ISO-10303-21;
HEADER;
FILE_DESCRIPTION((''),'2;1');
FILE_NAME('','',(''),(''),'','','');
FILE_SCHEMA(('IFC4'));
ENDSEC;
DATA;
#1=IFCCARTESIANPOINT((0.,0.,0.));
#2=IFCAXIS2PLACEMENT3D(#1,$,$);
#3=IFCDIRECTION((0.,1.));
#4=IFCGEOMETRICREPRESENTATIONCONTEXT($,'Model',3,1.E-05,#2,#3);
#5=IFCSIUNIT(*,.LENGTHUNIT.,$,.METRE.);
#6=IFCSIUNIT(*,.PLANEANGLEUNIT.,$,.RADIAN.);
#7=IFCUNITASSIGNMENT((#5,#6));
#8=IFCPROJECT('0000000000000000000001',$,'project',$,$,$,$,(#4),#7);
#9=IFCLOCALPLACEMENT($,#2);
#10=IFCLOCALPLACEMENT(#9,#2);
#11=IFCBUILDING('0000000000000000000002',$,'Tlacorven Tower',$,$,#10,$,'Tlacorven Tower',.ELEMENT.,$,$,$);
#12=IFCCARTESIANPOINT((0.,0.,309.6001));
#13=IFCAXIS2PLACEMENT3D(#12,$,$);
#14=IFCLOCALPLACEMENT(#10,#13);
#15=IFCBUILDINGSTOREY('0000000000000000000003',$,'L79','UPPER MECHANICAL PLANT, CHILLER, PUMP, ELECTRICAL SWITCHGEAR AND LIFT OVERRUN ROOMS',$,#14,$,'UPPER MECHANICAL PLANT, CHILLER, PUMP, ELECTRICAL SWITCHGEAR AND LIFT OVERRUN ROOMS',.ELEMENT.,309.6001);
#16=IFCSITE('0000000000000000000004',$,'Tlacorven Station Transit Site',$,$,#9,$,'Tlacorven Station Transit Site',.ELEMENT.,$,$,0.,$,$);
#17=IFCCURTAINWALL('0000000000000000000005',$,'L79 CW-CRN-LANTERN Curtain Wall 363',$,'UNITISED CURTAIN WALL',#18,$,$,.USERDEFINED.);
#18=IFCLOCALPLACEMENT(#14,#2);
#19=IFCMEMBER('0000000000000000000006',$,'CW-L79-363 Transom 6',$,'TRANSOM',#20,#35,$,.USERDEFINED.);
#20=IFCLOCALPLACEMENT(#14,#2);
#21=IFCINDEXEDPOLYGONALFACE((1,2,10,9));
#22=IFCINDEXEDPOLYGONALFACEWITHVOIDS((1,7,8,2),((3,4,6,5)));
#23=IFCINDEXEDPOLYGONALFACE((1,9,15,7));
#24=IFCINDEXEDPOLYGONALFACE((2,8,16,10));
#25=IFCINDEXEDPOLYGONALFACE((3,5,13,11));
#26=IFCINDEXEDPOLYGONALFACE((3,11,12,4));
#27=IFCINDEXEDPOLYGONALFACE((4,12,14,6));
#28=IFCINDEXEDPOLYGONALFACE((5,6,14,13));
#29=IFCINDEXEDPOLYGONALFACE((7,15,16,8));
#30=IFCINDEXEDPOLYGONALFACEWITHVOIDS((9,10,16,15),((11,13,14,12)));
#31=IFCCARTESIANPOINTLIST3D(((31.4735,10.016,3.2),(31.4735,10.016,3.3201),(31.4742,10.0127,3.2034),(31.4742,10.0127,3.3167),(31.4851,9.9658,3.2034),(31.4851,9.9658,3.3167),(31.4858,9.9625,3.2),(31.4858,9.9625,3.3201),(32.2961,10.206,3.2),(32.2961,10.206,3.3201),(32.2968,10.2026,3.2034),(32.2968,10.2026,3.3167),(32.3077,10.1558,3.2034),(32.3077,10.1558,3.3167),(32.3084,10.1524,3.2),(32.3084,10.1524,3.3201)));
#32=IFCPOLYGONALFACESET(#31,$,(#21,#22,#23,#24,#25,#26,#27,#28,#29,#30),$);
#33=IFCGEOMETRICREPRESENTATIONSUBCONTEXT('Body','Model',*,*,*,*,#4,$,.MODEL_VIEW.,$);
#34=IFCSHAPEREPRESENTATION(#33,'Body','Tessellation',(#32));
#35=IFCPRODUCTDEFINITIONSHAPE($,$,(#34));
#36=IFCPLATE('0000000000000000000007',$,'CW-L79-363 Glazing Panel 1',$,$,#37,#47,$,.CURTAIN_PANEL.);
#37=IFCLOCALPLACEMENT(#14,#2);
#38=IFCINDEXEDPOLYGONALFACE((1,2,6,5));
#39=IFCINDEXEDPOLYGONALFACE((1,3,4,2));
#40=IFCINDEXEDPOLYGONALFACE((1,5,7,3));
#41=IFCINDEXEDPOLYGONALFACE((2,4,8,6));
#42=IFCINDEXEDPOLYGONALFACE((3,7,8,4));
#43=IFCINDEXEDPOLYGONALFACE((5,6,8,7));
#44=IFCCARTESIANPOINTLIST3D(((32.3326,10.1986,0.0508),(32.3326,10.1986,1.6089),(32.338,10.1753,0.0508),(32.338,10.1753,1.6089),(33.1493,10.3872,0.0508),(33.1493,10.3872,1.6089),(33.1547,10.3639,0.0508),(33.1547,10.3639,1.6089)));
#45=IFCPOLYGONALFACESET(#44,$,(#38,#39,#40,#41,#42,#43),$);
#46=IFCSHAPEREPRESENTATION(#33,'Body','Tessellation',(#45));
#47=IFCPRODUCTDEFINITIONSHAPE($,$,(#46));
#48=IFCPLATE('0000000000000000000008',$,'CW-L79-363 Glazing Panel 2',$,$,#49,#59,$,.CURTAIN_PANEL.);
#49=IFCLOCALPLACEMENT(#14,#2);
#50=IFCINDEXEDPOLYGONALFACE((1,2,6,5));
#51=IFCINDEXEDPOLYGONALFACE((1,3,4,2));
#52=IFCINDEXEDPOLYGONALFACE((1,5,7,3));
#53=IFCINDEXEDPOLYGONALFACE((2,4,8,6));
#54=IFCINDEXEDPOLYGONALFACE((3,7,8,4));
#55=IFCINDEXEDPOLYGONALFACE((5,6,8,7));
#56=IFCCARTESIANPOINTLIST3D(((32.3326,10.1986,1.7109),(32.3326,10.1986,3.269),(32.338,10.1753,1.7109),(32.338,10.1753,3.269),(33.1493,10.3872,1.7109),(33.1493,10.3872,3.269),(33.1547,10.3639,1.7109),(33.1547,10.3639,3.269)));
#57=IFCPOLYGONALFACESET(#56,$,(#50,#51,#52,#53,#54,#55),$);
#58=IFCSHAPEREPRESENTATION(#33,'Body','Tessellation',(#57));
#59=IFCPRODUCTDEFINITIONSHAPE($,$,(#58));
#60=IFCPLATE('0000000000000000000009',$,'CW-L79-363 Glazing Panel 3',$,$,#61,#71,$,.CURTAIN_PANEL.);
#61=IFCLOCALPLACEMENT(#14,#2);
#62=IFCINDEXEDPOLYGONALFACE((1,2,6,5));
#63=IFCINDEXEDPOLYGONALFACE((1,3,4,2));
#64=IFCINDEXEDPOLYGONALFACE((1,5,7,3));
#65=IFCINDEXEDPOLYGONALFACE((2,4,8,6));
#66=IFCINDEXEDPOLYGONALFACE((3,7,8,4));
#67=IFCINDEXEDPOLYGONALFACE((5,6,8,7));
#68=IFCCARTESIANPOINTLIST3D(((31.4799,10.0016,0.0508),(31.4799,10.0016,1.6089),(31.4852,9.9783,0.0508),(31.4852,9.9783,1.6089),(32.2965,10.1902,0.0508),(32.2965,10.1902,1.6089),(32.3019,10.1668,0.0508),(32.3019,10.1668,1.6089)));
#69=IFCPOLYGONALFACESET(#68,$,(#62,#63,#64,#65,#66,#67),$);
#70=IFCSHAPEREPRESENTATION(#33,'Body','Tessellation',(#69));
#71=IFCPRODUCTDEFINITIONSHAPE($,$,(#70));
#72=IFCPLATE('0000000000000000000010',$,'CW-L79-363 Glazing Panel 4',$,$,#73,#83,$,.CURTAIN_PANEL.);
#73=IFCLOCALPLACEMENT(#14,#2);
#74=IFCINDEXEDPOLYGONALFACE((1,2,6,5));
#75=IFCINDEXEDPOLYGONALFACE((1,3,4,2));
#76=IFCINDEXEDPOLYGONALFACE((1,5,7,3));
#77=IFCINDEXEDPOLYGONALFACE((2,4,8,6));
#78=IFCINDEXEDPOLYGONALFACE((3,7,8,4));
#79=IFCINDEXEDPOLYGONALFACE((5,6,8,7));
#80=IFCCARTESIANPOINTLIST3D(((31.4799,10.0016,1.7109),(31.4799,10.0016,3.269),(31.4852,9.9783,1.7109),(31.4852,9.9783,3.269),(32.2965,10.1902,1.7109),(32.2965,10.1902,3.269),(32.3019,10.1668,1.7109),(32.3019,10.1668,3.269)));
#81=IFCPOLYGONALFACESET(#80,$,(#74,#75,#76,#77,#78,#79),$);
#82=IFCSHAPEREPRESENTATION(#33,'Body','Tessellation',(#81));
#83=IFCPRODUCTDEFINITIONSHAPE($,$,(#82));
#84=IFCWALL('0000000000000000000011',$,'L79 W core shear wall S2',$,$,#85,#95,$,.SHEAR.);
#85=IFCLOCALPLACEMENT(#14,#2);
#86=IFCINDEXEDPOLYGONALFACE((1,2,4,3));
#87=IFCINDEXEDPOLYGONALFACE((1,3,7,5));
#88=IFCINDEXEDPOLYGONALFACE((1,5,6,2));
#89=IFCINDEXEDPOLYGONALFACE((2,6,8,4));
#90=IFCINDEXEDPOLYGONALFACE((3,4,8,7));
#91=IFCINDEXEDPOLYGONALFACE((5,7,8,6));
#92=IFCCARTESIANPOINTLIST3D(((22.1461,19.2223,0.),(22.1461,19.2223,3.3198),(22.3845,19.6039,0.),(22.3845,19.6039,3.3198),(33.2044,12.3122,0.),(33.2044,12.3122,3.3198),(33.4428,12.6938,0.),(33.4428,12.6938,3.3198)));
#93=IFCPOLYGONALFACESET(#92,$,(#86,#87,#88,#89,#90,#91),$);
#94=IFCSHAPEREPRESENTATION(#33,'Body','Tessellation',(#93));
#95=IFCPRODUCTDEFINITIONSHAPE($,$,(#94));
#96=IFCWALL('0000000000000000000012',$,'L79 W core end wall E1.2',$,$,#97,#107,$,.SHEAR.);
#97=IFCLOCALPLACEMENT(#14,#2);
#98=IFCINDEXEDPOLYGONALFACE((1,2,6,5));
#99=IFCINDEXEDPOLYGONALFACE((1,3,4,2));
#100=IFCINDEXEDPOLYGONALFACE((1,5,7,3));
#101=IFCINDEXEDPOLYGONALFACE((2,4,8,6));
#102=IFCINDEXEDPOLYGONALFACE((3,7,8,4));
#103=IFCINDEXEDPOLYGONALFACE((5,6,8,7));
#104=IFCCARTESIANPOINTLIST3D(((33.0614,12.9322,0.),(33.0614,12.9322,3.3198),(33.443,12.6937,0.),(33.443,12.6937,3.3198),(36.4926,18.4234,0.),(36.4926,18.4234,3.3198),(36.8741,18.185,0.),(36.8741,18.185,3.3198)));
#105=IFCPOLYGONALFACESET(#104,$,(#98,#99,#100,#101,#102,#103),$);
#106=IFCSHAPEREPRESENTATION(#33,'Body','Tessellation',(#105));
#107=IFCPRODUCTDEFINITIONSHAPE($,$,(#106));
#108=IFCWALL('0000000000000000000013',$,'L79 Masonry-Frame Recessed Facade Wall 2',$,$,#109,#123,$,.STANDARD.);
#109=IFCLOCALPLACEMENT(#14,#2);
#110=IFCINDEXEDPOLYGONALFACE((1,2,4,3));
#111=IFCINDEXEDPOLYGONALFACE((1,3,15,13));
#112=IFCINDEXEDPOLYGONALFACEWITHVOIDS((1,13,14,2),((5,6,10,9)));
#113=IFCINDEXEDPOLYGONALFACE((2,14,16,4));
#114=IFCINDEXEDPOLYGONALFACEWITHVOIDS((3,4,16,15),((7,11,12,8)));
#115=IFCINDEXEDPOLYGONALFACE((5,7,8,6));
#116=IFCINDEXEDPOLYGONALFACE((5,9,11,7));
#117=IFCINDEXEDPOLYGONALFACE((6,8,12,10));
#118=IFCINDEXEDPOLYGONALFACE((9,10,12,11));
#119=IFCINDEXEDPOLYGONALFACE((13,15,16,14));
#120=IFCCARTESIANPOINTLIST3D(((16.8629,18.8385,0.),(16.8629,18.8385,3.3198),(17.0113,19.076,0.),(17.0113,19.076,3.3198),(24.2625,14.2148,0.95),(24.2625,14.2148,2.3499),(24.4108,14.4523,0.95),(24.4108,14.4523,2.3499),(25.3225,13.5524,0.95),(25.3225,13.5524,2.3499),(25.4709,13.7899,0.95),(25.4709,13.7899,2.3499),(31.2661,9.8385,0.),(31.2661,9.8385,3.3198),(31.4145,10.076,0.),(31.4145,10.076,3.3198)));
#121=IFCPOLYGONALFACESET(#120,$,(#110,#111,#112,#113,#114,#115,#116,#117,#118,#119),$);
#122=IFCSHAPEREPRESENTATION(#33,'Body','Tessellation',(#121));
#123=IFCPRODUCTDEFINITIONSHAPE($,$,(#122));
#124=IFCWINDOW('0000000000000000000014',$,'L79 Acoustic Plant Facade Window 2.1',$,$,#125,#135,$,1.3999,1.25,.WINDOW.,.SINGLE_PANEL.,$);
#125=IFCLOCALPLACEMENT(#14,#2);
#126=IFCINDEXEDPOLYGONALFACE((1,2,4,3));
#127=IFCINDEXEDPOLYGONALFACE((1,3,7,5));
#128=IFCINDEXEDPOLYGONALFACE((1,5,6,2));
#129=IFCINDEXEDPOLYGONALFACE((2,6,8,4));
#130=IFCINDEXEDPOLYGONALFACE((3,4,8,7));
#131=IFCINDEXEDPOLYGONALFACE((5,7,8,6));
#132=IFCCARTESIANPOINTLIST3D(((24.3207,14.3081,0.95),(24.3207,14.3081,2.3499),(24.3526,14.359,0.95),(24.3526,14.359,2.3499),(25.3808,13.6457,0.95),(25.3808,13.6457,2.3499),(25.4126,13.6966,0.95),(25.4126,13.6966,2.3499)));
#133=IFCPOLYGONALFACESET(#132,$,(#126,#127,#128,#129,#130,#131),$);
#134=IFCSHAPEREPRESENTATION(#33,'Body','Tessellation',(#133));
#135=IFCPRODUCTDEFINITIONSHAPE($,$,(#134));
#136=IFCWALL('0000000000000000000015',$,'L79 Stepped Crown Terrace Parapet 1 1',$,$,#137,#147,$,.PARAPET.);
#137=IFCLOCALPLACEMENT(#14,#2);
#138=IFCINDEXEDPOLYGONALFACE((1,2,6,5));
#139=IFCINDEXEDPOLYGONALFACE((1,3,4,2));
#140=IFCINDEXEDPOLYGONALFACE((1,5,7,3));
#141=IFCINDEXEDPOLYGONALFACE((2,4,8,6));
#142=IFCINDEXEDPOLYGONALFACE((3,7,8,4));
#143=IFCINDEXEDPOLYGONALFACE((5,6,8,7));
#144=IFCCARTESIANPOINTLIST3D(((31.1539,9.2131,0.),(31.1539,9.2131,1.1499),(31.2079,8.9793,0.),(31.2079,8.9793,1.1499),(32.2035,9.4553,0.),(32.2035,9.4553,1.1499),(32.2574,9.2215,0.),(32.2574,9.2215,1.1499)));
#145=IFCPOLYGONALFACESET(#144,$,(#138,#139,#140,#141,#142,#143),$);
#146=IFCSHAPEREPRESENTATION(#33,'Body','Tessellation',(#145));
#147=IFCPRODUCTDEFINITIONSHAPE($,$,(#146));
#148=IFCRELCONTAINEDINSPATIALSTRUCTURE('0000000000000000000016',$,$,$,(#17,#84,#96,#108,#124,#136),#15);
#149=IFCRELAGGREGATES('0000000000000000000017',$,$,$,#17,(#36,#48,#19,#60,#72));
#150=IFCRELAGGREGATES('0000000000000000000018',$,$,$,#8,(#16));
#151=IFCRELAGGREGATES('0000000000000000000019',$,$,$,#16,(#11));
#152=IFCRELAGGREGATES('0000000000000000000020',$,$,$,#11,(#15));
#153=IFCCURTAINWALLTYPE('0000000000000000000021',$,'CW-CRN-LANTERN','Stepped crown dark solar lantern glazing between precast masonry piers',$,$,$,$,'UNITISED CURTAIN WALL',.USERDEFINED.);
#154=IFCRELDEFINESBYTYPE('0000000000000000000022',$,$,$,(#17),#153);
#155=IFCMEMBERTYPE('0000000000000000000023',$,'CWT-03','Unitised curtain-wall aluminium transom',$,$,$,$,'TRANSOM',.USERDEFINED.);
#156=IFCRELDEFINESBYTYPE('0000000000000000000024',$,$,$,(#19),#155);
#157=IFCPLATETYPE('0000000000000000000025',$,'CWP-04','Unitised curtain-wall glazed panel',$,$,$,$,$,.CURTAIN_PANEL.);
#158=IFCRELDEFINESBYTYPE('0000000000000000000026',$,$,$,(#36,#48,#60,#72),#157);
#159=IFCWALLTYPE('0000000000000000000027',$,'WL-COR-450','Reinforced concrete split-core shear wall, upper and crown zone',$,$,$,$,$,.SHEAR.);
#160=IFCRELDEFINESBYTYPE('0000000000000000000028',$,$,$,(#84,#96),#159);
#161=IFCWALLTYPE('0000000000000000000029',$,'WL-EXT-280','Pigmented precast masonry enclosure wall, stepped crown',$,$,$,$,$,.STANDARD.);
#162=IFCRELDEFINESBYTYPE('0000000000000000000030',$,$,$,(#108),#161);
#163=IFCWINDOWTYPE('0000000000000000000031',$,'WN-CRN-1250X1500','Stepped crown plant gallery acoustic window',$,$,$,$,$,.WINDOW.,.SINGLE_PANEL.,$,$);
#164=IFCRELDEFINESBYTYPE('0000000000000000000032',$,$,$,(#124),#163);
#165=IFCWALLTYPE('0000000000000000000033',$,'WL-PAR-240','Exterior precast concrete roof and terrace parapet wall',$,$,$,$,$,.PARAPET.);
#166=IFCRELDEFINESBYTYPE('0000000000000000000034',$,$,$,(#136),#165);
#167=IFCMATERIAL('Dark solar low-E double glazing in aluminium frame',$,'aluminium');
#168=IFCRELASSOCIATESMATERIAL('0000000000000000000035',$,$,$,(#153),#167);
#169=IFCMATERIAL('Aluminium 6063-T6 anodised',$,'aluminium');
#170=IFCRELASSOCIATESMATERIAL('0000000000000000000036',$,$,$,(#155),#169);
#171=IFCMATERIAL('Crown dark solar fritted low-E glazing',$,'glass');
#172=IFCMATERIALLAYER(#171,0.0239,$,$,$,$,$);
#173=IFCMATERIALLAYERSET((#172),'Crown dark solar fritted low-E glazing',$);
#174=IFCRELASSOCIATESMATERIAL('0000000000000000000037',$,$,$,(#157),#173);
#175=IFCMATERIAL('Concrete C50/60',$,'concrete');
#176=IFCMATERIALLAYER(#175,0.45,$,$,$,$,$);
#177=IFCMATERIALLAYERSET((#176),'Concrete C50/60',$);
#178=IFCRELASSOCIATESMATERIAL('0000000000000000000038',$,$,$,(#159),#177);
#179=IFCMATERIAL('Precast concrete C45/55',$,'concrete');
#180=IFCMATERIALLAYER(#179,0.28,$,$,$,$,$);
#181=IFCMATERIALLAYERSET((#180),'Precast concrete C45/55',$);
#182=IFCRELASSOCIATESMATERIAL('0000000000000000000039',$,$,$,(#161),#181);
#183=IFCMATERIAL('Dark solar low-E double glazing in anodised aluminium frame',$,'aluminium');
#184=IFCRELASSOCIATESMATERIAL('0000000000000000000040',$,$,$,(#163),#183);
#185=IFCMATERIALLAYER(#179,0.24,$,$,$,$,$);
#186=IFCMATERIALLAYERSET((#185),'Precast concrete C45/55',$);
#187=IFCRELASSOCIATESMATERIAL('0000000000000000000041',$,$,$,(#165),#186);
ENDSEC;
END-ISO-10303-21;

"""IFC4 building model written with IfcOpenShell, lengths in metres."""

from ifc_helpers import new_model, si_unit, direction, frame, frame_2d, origin, origin_2d, place, context, subcontext, project, spatial, rectangle, hollow_rectangle, extrude, source, transform, mapped, material, layer, layer_set, material_profile, profile_set, type_object, element, fill, aggregate, save


model = new_model("IFC4")

# Units and contexts
model_context = context("Model", 3, precision=1e-05, world=origin(), true_north=direction((0.0, 1.0)))
body_context = subcontext(model_context, "Body", "Model", "MODEL_VIEW")
ifc_project = project(units=[si_unit("LENGTHUNIT", "METRE"), si_unit("PLANEANGLEUNIT", "RADIAN")], contexts=[model_context])

# Site, building, storey
site_placement = place(None, origin())
site = spatial("IfcSite", under=ifc_project, at=site_placement, Name="Tlacorven Station Transit Site", LongName="Tlacorven Station Transit Site", CompositionType="ELEMENT", RefElevation=0.0)
building_placement = place(site_placement, origin())
building = spatial("IfcBuilding", under=site, at=building_placement, Name="Tlacorven Tower", LongName="Tlacorven Tower", CompositionType="ELEMENT")
storey_placement = place(building_placement, frame((0.0, 0.0, 309.6001)))
storey = spatial("IfcBuildingStorey", under=building, at=storey_placement, Name="L79", Description="UPPER MECHANICAL PLANT, CHILLER, PUMP, ELECTRICAL SWITCHGEAR AND LIFT OVERRUN ROOMS", LongName="UPPER MECHANICAL PLANT, CHILLER, PUMP, ELECTRICAL SWITCHGEAR AND LIFT OVERRUN ROOMS", CompositionType="ELEMENT", Elevation=309.6001)

# Curtain wall, member, plates
ifc_material_1 = material(Name="Dark solar low-E double glazing in aluminium frame", Category="aluminium")
curtain_wall_type = type_object("IfcCurtainWallType", Name="CW-CRN-LANTERN", Description="Stepped crown dark solar lantern glazing between precast masonry piers", ElementType="UNITISED CURTAIN WALL", PredefinedType="USERDEFINED", material=ifc_material_1)
curtain_wall_placement = place(storey_placement, origin())
curtain_wall = element("IfcCurtainWall", 1, at=curtain_wall_placement, inside=storey, type_object=curtain_wall_type, Name="L79 CW-CRN-LANTERN Curtain Wall 363", ObjectType="UNITISED CURTAIN WALL", PredefinedType="USERDEFINED")
ifc_material_2 = material(Name="Aluminium 6063-T6 anodised", Category="aluminium")
ifc_material_profile_1 = material_profile(ifc_material_2, hollow_rectangle(XDim=0.0549, YDim=0.1201, WallThickness=0.0034, at=origin_2d()), Name="ALU TRANSOM 55X120")
ifc_profile_set_1 = profile_set([ifc_material_profile_1], Name="Aluminium 6063-T6 anodised")
member_type_1 = type_object("IfcMemberType", Name="CWT-03", Description="Unitised curtain-wall aluminium transom", ElementType="TRANSOM", PredefinedType="USERDEFINED", material=ifc_profile_set_1)
shared_shape_1 = source(origin(), body_context, "Body", "SweptSolid", [
    extrude(hollow_rectangle(XDim=0.0549, YDim=0.1201, WallThickness=0.0034, at=origin_2d()), origin(), (0.0, 0.0, 1.0), 0.8442),
])
member_1_placement = place(storey_placement, frame((32.3022, 10.1792, 3.26), z_axis=(-0.974357, -0.225007, 0.0), x_axis=(0.225007, -0.974357, 0.0)))
member_1 = element("IfcMember", 2, at=member_1_placement, type_object=member_type_1, Name="CW-L79-363 Transom 6", ObjectType="TRANSOM", PredefinedType="USERDEFINED", context=body_context, shape_type="MappedRepresentation", body=[
    mapped(shared_shape_1, transform((0.0, 0.0, 0.0), scale=1.0)),
])
ifc_material_3 = material(Name="Crown dark solar fritted low-E glazing", Category="glass")
ifc_layer_1 = layer(ifc_material_3, 0.0239)
ifc_layer_set_1 = layer_set([ifc_layer_1], Name="Crown dark solar fritted low-E glazing")
plate_type = type_object("IfcPlateType", Name="CWP-04", Description="Unitised curtain-wall glazed panel", PredefinedType="CURTAIN_PANEL", material=ifc_layer_set_1)
shared_shape_2 = source(origin(), body_context, "Body", "SweptSolid", [
    extrude(rectangle(XDim=0.8381, YDim=0.0239, at=origin_2d()), origin(), (0.0, 0.0, 1.0), 1.5581),
])
plate_1_placement = place(storey_placement, frame((32.7437, 10.2812, 0.0508), z_axis=(0.0, 0.0, 1.0), x_axis=(-0.97437, -0.22495, 0.0)))
plate_1 = element("IfcPlate", 3, at=plate_1_placement, type_object=plate_type, Name="CW-L79-363 Glazing Panel 1", PredefinedType="CURTAIN_PANEL", context=body_context, shape_type="MappedRepresentation", body=[
    mapped(shared_shape_2, transform((0.0, 0.0, 0.0), scale=1.0)),
])
plate_2_placement = place(storey_placement, frame((32.7437, 10.2812, 1.7109), z_axis=(0.0, 0.0, 1.0), x_axis=(-0.97437, -0.22495, 0.0)))
plate_2 = element("IfcPlate", 4, at=plate_2_placement, type_object=plate_type, Name="CW-L79-363 Glazing Panel 2", PredefinedType="CURTAIN_PANEL", context=body_context, shape_type="MappedRepresentation", body=[
    mapped(shared_shape_2, transform((0.0, 0.0, 0.0), scale=1.0)),
])
plate_3_placement = place(storey_placement, frame((31.8909, 10.0842, 0.0508), z_axis=(0.0, 0.0, 1.0), x_axis=(-0.97437, -0.22495, 0.0)))
plate_3 = element("IfcPlate", 5, at=plate_3_placement, type_object=plate_type, Name="CW-L79-363 Glazing Panel 3", PredefinedType="CURTAIN_PANEL", context=body_context, shape_type="MappedRepresentation", body=[
    mapped(shared_shape_2, transform((0.0, 0.0, 0.0), scale=1.0)),
])
plate_4_placement = place(storey_placement, frame((31.8909, 10.0842, 1.7109), z_axis=(0.0, 0.0, 1.0), x_axis=(-0.97437, -0.22495, 0.0)))
plate_4 = element("IfcPlate", 6, at=plate_4_placement, type_object=plate_type, Name="CW-L79-363 Glazing Panel 4", PredefinedType="CURTAIN_PANEL", context=body_context, shape_type="MappedRepresentation", body=[
    mapped(shared_shape_2, transform((0.0, 0.0, 0.0), scale=1.0)),
])
aggregate(curtain_wall, [plate_1, plate_2, member_1, plate_3, plate_4])

# Walls
ifc_material_4 = material(Name="Concrete C50/60", Category="concrete")
ifc_layer_2 = layer(ifc_material_4, 0.45)
ifc_layer_set_2 = layer_set([ifc_layer_2], Name="Concrete C50/60")
wall_type_1 = type_object("IfcWallType", Name="WL-COR-450", Description="Reinforced concrete split-core shear wall, upper and crown zone", PredefinedType="SHEAR", material=ifc_layer_set_2)
wall_1_placement = place(storey_placement, frame((33.3237, 12.5029, 0.0), z_axis=(0.0, 0.0, 1.0), x_axis=(-0.848044, 0.529927, 0.0)))
element("IfcWall", 7, at=wall_1_placement, inside=storey, type_object=wall_type_1, Name="L79 W core shear wall S2", PredefinedType="SHEAR", context=body_context, shape_type="SweptSolid", body=[
    extrude(rectangle(XDim=13.0398, YDim=0.45, at=frame_2d((6.52, 0.0))), origin(), (0.0, 0.0, 1.0), 3.3198),
])
wall_2_placement = place(storey_placement, frame((36.6833, 18.3042, 0.0), z_axis=(0.0, 0.0, 1.0), x_axis=(-0.529904, -0.848058, 0.0)))
element("IfcWall", 8, at=wall_2_placement, inside=storey, type_object=wall_type_1, Name="L79 W core end wall E1.2", PredefinedType="SHEAR", context=body_context, shape_type="SweptSolid", body=[
    extrude(rectangle(XDim=6.4751, YDim=0.45, at=frame_2d((3.2375, 0.0))), origin(), (0.0, 0.0, 1.0), 3.3198),
])

# Wall, opening, window
ifc_material_5 = material(Name="Precast concrete C45/55", Category="concrete")
ifc_layer_3 = layer(ifc_material_5, 0.28)
ifc_layer_set_3 = layer_set([ifc_layer_3], Name="Precast concrete C45/55")
wall_type_2 = type_object("IfcWallType", Name="WL-EXT-280", Description="Pigmented precast masonry enclosure wall, stepped crown", PredefinedType="STANDARD", material=ifc_layer_set_3)
wall_3_placement = place(storey_placement, frame((31.3403, 9.9573, 0.0), z_axis=(0.0, 0.0, 1.0), x_axis=(-0.848053, 0.529911, 0.0)))
wall_3 = element("IfcWall", 9, at=wall_3_placement, inside=storey, type_object=wall_type_2, Name="L79 Masonry-Frame Recessed Facade Wall 2", PredefinedType="STANDARD", context=body_context, shape_type="SweptSolid", body=[
    extrude(rectangle(XDim=16.9839, YDim=0.28, at=frame_2d((8.4919, 0.0))), origin(), (0.0, 0.0, 1.0), 3.3198),
])
opening_1_placement = place(wall_3_placement, frame((7.0085, 0.0, 0.95)))
opening_1 = element("IfcOpeningElement", 10, at=opening_1_placement, cuts=wall_3, PredefinedType="OPENING", context=body_context, shape_type="SweptSolid", body=[
    extrude(rectangle(XDim=1.25, YDim=1.3999, at=frame_2d((0.625, 0.7))), frame((0.0, 0.1499, 0.0), z_axis=(0.0, -1.0, 0.0), x_axis=(1.0, 0.0, 0.0)), (0.0, 0.0, 1.0), 0.3),
])
ifc_material_6 = material(Name="Dark solar low-E double glazing in anodised aluminium frame", Category="aluminium")
window_type = type_object("IfcWindowType", Name="WN-CRN-1250X1500", Description="Stepped crown plant gallery acoustic window", PartitioningType="SINGLE_PANEL", PredefinedType="WINDOW", material=ifc_material_6)
shared_shape_3 = source(origin(), body_context, "Body", "SweptSolid", [
    extrude(rectangle(XDim=1.25, YDim=1.3999, at=frame_2d((0.625, 0.7))), frame((0.0, 0.03, 0.0), z_axis=(0.0, -1.0, 0.0), x_axis=(1.0, 0.0, 0.0)), (0.0, 0.0, 1.0), 0.0601),
])
window_placement = place(opening_1_placement, origin())
window = element("IfcWindow", 11, at=window_placement, inside=storey, type_object=window_type, Name="L79 Acoustic Plant Facade Window 2.1", OverallHeight=1.3999, OverallWidth=1.25, PartitioningType="SINGLE_PANEL", PredefinedType="WINDOW", context=body_context, shape_type="MappedRepresentation", body=[
    mapped(shared_shape_3, transform((0.0, 0.0, 0.0), scale=1.0)),
])
fill(opening_1, window)

# Wall
ifc_layer_4 = layer(ifc_material_5, 0.24)
ifc_layer_set_4 = layer_set([ifc_layer_4], Name="Precast concrete C45/55")
wall_type_3 = type_object("IfcWallType", Name="WL-PAR-240", Description="Exterior precast concrete roof and terrace parapet wall", PredefinedType="PARAPET", material=ifc_layer_set_4)
wall_4_placement = place(storey_placement, frame((32.2305, 9.3384, 0.0), z_axis=(0.0, 0.0, 1.0), x_axis=(-0.974395, -0.224843, 0.0)))
element("IfcWall", 12, at=wall_4_placement, inside=storey, type_object=wall_type_3, Name="L79 Stepped Crown Terrace Parapet 1 1", PredefinedType="PARAPET", context=body_context, shape_type="SweptSolid", body=[
    extrude(rectangle(XDim=1.0771, YDim=0.24, at=frame_2d((0.5386, 0.0))), origin(), (0.0, 0.0, 1.0), 1.1499),
])

save(model, "model.ifc")
